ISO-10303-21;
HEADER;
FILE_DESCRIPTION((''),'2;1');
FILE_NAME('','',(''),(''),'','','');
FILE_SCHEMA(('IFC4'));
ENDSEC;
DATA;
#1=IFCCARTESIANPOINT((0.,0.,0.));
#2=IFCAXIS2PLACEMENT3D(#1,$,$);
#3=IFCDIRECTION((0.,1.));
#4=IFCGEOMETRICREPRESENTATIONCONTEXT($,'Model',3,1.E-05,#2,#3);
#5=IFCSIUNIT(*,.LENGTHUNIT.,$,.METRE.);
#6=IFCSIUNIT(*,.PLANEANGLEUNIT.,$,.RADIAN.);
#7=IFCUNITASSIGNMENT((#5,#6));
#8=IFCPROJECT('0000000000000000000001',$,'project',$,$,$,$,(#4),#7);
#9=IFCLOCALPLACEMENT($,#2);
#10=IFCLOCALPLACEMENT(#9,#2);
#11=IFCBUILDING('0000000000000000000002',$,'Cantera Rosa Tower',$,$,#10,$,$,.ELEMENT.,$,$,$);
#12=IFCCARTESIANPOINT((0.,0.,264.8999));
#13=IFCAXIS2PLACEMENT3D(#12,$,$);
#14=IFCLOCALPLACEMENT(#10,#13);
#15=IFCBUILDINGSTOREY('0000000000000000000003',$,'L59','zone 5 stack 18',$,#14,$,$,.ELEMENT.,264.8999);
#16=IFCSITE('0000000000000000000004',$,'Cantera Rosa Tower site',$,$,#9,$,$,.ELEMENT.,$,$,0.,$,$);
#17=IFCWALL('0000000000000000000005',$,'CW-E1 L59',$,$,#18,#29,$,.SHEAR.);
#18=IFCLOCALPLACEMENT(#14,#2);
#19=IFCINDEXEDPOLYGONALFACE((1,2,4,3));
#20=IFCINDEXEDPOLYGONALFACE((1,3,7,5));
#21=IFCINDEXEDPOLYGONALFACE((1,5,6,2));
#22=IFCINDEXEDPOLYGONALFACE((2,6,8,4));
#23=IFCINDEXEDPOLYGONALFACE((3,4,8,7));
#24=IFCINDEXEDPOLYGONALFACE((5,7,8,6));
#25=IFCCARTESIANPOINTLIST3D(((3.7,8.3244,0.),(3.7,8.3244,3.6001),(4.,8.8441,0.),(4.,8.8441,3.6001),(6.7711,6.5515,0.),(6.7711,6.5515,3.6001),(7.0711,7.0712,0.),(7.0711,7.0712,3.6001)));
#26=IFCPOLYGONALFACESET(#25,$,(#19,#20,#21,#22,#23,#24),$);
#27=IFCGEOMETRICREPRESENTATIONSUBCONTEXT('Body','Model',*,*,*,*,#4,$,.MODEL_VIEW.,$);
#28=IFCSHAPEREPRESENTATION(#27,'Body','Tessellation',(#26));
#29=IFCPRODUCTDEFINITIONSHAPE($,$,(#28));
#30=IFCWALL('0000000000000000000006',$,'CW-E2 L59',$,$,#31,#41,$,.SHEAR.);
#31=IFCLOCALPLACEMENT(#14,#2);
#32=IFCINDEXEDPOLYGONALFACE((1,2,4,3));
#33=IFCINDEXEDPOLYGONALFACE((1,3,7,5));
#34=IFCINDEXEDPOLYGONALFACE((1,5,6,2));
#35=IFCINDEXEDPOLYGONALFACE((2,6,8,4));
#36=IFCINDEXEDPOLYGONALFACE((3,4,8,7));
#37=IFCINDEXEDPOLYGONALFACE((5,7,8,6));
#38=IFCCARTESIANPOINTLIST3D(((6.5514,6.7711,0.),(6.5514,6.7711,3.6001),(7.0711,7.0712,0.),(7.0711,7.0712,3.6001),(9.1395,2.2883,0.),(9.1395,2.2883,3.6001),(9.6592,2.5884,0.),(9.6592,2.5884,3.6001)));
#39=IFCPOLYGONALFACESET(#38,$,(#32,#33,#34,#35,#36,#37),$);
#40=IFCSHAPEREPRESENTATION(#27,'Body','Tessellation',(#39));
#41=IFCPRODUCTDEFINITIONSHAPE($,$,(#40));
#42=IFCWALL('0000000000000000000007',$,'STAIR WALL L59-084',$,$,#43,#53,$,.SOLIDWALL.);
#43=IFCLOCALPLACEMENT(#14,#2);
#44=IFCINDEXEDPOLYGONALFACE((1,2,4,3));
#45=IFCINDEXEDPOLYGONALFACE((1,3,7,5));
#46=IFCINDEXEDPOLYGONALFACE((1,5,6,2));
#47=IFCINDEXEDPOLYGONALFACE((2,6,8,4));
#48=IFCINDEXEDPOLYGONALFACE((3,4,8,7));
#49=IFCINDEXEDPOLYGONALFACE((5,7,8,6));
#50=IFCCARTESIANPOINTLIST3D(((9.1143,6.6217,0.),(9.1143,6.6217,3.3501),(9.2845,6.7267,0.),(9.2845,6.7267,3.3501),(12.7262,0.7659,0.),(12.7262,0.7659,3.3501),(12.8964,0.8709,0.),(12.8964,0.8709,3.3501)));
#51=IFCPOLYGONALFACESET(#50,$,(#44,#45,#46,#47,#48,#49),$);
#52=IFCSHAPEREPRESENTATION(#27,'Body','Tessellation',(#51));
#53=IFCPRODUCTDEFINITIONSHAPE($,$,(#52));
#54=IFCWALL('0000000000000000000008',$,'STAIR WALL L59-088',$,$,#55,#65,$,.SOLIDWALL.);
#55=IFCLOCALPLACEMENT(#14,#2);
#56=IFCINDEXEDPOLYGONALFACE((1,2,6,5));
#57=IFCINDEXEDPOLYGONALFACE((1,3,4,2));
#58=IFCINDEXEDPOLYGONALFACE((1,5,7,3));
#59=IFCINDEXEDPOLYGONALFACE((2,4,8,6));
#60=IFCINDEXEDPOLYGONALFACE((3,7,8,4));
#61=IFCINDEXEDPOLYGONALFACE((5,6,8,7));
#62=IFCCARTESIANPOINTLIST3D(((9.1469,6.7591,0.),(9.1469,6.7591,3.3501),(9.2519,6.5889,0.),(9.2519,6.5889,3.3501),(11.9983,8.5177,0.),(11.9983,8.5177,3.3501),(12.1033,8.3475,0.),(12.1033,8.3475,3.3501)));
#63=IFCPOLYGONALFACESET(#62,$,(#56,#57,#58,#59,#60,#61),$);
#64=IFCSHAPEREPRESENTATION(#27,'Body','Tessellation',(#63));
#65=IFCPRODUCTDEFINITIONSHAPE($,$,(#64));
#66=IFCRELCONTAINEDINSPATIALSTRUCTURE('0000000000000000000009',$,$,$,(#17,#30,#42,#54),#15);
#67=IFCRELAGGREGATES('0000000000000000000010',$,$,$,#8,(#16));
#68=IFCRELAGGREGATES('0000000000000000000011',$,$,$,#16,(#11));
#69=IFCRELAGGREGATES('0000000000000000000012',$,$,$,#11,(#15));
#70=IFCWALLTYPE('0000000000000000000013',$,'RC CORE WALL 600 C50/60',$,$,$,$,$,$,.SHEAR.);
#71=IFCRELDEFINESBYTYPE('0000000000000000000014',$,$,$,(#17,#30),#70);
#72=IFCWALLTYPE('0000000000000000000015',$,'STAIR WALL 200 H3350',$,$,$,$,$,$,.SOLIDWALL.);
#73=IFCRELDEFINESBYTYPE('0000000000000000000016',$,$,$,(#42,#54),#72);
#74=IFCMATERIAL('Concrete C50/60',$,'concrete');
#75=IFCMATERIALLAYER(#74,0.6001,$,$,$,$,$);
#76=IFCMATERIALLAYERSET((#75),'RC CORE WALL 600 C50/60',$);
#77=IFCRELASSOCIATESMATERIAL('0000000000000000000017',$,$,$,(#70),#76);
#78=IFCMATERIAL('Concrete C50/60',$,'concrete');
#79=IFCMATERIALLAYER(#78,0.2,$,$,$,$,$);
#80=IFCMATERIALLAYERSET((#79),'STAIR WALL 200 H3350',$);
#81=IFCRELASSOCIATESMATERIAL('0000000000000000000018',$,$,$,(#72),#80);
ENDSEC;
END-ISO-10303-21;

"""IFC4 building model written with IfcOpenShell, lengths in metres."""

from ifc_helpers import new_model, si_unit, direction, frame, frame_2d, origin, place, context, subcontext, project, spatial, rectangle, extrude, material, layer, layer_set, type_object, element, save


model = new_model("IFC4")

# Units and contexts
model_context = context("Model", 3, precision=1e-05, world=origin(), true_north=direction((0.0, 1.0)))
body_context = subcontext(model_context, "Body", "Model", "MODEL_VIEW")
ifc_project = project(units=[si_unit("LENGTHUNIT", "METRE"), si_unit("PLANEANGLEUNIT", "RADIAN")], contexts=[model_context])

# Site, building, storey
site_placement = place(None, origin())
site = spatial("IfcSite", under=ifc_project, at=site_placement, Name="Cantera Rosa Tower site", CompositionType="ELEMENT", RefElevation=0.0)
building_placement = place(site_placement, origin())
building = spatial("IfcBuilding", under=site, at=building_placement, Name="Cantera Rosa Tower", CompositionType="ELEMENT")
storey_placement = place(building_placement, frame((0.0, 0.0, 264.8999)))
storey = spatial("IfcBuildingStorey", under=building, at=storey_placement, Name="L59", Description="zone 5 stack 18", CompositionType="ELEMENT", Elevation=264.8999)

# Walls
ifc_material_1 = material(Name="Concrete C50/60", Category="concrete")
ifc_layer_1 = layer(ifc_material_1, 0.6001)
ifc_layer_set_1 = layer_set([ifc_layer_1], Name="RC CORE WALL 600 C50/60")
wall_type_1 = type_object("IfcWallType", Name="RC CORE WALL 600 C50/60", PredefinedType="SHEAR", material=ifc_layer_set_1)
wall_1_placement = place(storey_placement, frame((3.8501, 8.5842, 0.0), z_axis=(0.0, 0.0, 1.0), x_axis=(0.86604, -0.499975, 0.0)))
element("IfcWall", 1, at=wall_1_placement, inside=storey, type_object=wall_type_1, Name="CW-E1 L59", PredefinedType="SHEAR", context=body_context, shape_type="SweptSolid", body=[
    extrude(rectangle(XDim=3.5461, YDim=0.6001, at=frame_2d((1.7729, 0.0))), origin(), (0.0, 0.0, 1.0), 3.6001),
])
wall_2_placement = place(storey_placement, frame((6.8113, 6.9211, 0.0), z_axis=(0.0, 0.0, 1.0), x_axis=(0.499989, -0.866032, 0.0)))
element("IfcWall", 2, at=wall_2_placement, inside=storey, type_object=wall_type_1, Name="CW-E2 L59", PredefinedType="SHEAR", context=body_context, shape_type="SweptSolid", body=[
    extrude(rectangle(XDim=5.1763, YDim=0.6001, at=frame_2d((2.5881, 0.0))), origin(), (0.0, 0.0, 1.0), 3.6001),
])
ifc_material_2 = material(Name="Concrete C50/60", Category="concrete")
ifc_layer_2 = layer(ifc_material_2, 0.2)
ifc_layer_set_2 = layer_set([ifc_layer_2], Name="STAIR WALL 200 H3350")
wall_type_2 = type_object("IfcWallType", Name="STAIR WALL 200 H3350", PredefinedType="SOLIDWALL", material=ifc_layer_set_2)
wall_3_placement = place(storey_placement, frame((9.1995, 6.6741, 0.0), z_axis=(0.0, 0.0, 1.0), x_axis=(0.524972, -0.851119, 0.0)))
element("IfcWall", 3, at=wall_3_placement, inside=storey, type_object=wall_type_2, Name="STAIR WALL L59-084", PredefinedType="SOLIDWALL", context=body_context, shape_type="SweptSolid", body=[
    extrude(rectangle(XDim=6.8801, YDim=0.2, at=frame_2d((3.4399, 0.0))), origin(), (0.0, 0.0, 1.0), 3.3501),
])
wall_4_placement = place(storey_placement, frame((12.0508, 8.4326, 0.0), z_axis=(0.0, 0.0, 1.0), x_axis=(-0.85114, -0.524939, 0.0)))
element("IfcWall", 4, at=wall_4_placement, inside=storey, type_object=wall_type_2, Name="STAIR WALL L59-088", PredefinedType="SOLIDWALL", context=body_context, shape_type="SweptSolid", body=[
    extrude(rectangle(XDim=3.3501, YDim=0.2, at=frame_2d((1.675, 0.0))), origin(), (0.0, 0.0, 1.0), 3.3501),
])

save(model, "model.ifc")
